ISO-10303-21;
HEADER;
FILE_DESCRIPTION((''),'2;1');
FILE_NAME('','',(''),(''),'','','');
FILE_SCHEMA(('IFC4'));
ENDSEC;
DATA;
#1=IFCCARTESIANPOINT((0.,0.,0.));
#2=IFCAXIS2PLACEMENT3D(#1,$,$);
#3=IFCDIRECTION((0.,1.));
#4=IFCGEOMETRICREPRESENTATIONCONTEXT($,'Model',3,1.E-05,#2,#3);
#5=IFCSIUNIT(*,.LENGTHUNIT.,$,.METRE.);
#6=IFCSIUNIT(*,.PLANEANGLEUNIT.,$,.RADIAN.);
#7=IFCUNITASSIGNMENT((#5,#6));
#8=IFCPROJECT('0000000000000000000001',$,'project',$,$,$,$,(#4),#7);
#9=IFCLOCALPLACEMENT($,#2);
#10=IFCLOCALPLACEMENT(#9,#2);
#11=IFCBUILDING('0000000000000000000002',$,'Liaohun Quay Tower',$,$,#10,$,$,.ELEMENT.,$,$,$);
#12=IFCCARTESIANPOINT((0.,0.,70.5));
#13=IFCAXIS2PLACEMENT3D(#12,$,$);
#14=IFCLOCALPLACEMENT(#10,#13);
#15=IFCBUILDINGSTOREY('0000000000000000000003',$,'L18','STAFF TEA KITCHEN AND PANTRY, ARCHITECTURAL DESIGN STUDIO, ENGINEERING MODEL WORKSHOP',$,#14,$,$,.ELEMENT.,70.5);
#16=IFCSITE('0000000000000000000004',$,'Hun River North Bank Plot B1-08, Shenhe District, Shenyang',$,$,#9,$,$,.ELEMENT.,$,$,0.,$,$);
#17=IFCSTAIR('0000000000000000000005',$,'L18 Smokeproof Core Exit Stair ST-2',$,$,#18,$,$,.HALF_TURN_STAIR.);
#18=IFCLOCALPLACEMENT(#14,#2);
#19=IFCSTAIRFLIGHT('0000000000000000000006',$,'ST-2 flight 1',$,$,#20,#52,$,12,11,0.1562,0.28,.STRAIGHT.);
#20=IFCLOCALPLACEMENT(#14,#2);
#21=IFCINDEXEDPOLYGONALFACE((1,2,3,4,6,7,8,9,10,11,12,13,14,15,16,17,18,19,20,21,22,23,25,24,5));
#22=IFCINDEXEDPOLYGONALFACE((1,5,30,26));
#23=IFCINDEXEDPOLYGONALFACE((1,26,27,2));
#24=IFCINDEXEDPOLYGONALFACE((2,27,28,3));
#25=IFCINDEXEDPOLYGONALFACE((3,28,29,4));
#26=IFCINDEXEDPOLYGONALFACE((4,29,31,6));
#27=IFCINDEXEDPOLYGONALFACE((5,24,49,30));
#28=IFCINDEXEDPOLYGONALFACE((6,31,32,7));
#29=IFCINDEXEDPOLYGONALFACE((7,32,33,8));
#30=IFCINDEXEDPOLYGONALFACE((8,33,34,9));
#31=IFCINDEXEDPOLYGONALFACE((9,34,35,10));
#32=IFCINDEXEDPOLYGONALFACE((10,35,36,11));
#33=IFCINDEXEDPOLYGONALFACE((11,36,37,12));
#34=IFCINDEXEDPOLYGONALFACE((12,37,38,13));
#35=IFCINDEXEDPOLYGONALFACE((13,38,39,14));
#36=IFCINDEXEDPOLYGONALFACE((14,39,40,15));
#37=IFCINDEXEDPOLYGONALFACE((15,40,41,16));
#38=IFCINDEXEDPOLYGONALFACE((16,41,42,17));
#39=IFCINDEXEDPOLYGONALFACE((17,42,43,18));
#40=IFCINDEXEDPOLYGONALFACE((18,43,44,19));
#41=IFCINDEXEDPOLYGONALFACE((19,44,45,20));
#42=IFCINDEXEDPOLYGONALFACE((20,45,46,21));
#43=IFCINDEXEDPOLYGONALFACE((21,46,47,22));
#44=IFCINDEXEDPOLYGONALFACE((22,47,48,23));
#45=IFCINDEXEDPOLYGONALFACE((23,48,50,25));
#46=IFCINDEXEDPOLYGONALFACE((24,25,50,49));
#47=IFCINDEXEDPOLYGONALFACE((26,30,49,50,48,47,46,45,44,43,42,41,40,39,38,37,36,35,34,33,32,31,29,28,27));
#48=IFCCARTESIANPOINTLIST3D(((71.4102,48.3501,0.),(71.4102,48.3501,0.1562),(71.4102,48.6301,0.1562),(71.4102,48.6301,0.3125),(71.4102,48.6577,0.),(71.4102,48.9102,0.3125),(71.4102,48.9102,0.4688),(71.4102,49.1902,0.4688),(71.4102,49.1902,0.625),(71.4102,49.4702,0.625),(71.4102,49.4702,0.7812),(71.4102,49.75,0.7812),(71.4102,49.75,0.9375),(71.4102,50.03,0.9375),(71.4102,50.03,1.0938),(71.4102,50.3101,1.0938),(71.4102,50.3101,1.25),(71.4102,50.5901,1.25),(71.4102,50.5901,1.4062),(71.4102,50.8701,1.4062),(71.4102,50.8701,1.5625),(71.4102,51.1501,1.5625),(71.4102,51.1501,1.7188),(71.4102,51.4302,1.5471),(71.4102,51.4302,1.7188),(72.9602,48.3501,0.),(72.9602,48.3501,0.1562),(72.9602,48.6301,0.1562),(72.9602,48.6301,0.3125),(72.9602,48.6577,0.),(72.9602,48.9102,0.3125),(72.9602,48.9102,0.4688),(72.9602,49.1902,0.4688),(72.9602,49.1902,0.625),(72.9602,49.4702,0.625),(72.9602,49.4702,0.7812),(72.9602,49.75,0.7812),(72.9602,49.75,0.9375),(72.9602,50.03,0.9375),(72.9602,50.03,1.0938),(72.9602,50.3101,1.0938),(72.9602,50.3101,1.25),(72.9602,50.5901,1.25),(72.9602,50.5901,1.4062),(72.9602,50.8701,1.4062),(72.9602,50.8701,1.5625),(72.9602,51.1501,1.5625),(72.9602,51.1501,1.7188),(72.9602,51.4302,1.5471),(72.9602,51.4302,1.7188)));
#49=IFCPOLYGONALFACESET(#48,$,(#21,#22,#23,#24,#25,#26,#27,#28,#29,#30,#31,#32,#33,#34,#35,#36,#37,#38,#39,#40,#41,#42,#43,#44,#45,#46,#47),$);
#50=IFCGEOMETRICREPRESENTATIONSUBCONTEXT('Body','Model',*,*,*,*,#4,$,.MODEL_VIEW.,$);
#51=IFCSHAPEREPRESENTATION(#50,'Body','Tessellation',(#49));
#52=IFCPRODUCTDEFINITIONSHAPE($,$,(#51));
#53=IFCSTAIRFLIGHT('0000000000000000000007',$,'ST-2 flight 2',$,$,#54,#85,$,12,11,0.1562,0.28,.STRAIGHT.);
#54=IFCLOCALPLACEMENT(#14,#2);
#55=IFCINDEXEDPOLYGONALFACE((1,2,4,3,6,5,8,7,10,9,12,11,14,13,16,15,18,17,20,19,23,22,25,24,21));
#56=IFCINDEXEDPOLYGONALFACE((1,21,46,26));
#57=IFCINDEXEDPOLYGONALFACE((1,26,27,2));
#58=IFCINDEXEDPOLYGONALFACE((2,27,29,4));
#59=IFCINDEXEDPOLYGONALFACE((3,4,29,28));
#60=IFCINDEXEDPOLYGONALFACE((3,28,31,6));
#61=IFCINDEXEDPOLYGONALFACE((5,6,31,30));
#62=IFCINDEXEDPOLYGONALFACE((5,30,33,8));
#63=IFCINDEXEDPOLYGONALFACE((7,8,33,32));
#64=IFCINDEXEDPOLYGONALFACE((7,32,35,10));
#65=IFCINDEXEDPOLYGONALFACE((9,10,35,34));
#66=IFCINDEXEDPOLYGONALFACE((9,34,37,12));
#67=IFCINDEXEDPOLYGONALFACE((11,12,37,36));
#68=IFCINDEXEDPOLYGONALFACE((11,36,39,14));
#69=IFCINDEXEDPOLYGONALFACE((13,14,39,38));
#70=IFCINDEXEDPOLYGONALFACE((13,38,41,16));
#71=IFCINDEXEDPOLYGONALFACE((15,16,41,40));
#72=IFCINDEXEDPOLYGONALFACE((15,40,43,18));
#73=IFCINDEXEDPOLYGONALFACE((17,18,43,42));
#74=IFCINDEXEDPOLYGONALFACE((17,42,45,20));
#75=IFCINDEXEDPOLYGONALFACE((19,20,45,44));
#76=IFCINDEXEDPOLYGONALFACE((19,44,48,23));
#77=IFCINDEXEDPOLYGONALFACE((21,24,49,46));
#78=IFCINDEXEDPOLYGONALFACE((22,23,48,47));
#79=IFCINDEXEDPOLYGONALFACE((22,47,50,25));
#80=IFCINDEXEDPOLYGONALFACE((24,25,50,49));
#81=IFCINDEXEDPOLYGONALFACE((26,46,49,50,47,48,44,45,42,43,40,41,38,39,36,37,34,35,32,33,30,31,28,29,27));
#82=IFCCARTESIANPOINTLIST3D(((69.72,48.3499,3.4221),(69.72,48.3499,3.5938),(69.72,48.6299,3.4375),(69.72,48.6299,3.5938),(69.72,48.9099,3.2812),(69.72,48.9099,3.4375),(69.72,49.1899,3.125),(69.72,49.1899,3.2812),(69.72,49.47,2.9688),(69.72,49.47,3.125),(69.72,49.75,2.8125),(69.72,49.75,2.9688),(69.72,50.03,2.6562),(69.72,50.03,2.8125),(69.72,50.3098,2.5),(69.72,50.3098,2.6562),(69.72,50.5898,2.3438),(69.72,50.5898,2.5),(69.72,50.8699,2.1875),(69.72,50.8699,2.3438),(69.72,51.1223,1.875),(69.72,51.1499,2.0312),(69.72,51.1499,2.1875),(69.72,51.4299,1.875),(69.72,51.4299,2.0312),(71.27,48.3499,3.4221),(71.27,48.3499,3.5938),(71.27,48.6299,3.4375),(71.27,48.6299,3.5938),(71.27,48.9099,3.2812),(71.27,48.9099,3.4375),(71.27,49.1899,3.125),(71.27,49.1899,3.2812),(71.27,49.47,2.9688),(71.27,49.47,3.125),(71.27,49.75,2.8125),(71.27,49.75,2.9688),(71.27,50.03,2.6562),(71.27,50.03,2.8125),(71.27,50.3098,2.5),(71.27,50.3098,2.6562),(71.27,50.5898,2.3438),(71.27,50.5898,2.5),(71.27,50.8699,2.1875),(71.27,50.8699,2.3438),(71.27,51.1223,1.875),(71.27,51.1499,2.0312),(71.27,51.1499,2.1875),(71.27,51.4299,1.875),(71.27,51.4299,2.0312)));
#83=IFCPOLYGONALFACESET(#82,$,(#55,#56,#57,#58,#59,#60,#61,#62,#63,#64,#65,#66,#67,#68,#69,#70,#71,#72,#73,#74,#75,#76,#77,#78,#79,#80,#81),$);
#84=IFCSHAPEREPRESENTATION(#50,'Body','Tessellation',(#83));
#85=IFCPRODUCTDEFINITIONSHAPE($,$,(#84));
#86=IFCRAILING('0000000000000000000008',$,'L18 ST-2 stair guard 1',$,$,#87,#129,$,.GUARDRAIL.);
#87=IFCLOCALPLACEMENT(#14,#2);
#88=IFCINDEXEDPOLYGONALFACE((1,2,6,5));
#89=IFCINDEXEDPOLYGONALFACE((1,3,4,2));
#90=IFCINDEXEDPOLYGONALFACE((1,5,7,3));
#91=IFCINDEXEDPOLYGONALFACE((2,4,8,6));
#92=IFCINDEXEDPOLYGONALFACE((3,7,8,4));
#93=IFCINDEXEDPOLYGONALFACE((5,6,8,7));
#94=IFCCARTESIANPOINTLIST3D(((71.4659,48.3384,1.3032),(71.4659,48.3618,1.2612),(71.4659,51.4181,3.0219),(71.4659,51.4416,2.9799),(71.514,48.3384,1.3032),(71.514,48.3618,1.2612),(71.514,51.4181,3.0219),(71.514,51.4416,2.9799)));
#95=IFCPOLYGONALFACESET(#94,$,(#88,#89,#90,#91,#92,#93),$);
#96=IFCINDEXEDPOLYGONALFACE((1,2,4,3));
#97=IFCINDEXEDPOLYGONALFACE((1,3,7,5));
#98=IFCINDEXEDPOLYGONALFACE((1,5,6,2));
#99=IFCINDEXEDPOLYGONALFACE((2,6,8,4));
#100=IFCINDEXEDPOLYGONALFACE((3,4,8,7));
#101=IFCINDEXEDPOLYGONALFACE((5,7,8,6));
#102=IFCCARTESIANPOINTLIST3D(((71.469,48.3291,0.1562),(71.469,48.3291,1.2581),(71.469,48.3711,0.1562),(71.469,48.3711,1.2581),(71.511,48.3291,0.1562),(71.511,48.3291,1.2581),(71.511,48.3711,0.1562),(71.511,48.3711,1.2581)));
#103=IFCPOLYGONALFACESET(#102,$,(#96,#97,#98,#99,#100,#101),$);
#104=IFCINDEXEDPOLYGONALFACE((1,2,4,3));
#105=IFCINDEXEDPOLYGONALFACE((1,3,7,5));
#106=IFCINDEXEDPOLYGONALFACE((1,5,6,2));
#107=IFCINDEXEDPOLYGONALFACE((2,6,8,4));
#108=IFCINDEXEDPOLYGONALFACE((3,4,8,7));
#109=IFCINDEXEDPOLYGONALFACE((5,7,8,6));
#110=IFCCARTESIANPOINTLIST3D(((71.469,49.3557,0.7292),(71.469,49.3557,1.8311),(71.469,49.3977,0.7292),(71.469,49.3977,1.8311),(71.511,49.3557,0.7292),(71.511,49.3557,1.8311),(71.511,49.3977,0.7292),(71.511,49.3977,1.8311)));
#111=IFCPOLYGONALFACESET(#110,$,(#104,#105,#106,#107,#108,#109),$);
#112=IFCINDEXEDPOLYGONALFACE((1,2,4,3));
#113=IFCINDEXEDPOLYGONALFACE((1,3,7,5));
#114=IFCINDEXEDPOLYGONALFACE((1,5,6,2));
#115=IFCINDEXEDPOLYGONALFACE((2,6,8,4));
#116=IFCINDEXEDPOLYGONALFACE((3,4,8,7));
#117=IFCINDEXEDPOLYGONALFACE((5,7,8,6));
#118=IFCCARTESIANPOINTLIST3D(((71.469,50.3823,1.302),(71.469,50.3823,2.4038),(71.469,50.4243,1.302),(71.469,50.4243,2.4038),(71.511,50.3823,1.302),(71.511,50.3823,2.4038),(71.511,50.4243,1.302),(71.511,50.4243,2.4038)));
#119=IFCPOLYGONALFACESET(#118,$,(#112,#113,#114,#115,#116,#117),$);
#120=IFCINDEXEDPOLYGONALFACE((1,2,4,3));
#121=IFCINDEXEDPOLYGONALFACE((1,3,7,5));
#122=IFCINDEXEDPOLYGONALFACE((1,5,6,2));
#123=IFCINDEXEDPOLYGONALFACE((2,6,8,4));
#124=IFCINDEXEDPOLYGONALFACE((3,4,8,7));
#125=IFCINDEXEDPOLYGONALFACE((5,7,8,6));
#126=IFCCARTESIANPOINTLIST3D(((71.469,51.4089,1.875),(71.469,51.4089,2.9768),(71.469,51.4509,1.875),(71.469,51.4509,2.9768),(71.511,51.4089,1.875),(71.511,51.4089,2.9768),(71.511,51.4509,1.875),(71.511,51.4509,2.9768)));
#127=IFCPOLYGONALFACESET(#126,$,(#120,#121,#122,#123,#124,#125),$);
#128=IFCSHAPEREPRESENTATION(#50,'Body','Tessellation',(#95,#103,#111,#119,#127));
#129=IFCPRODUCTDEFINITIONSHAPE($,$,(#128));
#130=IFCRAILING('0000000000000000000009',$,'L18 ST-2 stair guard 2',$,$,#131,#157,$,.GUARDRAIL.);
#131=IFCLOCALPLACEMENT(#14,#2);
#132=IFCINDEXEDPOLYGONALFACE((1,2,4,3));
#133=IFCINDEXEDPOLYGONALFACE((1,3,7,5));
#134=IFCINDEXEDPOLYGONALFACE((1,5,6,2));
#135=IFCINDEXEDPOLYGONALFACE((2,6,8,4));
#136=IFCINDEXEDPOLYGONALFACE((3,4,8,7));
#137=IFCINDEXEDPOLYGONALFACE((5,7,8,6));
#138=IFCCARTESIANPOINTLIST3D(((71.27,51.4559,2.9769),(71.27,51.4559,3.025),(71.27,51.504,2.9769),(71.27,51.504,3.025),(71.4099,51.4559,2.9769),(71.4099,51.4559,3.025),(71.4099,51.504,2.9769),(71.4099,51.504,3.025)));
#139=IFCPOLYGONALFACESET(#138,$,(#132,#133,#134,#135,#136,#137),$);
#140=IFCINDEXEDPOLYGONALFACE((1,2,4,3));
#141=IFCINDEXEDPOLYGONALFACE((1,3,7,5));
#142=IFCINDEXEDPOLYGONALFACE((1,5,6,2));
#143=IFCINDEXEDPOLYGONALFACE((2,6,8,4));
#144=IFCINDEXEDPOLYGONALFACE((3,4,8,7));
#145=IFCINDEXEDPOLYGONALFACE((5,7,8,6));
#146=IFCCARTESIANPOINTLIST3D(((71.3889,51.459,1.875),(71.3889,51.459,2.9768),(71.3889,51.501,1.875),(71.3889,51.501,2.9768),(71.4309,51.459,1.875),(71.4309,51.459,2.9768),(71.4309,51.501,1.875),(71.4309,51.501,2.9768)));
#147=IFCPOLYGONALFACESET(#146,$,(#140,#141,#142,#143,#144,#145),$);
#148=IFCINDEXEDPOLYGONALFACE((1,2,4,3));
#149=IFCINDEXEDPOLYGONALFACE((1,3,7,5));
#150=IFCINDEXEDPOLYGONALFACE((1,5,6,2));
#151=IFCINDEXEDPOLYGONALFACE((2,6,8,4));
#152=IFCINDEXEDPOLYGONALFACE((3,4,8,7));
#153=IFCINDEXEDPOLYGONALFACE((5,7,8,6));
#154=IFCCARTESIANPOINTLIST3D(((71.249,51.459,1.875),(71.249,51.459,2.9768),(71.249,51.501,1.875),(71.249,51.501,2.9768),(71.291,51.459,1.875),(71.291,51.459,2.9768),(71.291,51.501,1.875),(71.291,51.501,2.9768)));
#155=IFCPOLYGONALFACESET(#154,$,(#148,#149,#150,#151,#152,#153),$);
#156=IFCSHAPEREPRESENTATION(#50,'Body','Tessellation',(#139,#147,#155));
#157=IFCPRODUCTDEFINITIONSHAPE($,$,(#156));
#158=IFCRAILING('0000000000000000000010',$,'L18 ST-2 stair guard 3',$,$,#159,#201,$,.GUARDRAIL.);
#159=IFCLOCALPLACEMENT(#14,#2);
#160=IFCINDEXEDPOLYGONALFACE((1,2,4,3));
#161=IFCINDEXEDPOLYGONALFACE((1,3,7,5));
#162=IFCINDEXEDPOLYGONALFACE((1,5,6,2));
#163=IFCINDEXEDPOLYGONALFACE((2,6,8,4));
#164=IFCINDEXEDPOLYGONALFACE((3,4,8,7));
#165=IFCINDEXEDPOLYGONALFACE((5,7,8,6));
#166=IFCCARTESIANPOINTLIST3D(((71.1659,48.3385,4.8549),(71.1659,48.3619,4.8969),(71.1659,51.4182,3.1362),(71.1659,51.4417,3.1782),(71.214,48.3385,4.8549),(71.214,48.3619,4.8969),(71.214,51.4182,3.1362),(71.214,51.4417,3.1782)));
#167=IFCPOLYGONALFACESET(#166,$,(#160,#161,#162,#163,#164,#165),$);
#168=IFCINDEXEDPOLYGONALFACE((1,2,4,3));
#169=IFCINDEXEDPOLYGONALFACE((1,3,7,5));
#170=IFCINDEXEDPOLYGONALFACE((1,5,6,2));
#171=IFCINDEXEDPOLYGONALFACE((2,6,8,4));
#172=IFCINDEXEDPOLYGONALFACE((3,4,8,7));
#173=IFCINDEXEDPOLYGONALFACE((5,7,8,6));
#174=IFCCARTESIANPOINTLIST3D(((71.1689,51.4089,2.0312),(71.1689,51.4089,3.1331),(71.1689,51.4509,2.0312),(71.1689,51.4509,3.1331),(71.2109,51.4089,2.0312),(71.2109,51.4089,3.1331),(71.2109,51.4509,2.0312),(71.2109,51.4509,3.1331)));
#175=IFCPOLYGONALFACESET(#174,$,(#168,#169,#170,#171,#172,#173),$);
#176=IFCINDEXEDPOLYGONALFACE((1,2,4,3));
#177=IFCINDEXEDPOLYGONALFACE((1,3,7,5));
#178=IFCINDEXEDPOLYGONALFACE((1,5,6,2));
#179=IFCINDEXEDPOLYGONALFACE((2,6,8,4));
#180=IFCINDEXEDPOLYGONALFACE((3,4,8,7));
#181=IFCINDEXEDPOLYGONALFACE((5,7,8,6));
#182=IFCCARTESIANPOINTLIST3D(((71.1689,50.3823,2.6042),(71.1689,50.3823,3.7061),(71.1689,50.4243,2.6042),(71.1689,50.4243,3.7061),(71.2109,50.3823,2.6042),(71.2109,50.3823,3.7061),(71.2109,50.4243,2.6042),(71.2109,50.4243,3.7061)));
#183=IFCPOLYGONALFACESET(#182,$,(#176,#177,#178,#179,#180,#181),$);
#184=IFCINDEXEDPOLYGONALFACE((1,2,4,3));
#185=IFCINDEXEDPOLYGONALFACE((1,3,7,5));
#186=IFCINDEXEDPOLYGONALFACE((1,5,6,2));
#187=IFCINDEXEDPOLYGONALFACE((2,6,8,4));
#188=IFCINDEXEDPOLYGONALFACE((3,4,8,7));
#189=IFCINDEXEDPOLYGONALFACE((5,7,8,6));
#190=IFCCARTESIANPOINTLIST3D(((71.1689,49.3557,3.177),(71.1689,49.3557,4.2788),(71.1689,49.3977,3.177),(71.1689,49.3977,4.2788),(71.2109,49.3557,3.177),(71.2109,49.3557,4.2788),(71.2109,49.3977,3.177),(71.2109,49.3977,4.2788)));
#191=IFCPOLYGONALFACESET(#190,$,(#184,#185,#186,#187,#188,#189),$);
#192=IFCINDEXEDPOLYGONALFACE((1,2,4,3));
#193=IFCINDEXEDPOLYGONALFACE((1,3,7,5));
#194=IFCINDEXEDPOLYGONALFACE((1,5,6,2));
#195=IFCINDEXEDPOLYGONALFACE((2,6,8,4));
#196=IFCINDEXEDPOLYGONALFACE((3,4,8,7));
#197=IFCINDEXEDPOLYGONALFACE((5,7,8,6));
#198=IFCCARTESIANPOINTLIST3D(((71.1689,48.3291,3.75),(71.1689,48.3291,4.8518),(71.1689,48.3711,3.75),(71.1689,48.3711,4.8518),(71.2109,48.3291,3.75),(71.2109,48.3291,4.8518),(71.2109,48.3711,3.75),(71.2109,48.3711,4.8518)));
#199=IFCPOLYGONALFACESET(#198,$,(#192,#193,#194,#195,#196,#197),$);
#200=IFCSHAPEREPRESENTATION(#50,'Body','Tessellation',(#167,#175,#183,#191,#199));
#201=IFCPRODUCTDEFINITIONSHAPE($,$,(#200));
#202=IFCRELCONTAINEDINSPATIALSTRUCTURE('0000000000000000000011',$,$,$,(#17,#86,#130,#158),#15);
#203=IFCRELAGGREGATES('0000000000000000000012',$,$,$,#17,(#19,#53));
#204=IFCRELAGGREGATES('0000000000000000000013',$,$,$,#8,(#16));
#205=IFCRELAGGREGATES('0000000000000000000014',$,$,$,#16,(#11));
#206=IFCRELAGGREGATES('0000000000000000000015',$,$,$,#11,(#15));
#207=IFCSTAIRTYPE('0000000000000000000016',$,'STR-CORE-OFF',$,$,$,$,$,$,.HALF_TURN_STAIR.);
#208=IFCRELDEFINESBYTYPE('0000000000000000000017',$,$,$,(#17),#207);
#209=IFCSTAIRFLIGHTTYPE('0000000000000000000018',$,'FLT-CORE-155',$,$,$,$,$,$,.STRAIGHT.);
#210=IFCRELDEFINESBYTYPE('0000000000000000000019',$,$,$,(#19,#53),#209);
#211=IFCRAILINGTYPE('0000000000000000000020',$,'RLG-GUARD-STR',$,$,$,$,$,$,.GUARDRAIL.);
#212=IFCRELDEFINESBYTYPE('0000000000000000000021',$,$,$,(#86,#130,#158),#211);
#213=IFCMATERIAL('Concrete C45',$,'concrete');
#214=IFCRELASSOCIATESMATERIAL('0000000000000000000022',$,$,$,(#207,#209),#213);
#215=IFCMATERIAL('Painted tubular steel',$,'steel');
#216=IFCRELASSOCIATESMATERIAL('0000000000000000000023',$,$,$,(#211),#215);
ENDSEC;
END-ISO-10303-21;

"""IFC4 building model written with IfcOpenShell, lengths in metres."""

from ifc_helpers import new_model, si_unit, direction, frame, origin, origin_2d, place, context, subcontext, project, spatial, polyline, rectangle, outline, extrude, material, type_object, element, aggregate, save


model = new_model("IFC4")

# Units and contexts
model_context = context("Model", 3, precision=1e-05, world=origin(), true_north=direction((0.0, 1.0)))
body_context = subcontext(model_context, "Body", "Model", "MODEL_VIEW")
ifc_project = project(units=[si_unit("LENGTHUNIT", "METRE"), si_unit("PLANEANGLEUNIT", "RADIAN")], contexts=[model_context])

# Site, building, storey
site_placement = place(None, origin())
site = spatial("IfcSite", under=ifc_project, at=site_placement, Name="Hun River North Bank Plot B1-08, Shenhe District, Shenyang", CompositionType="ELEMENT", RefElevation=0.0)
building_placement = place(site_placement, origin())
building = spatial("IfcBuilding", under=site, at=building_placement, Name="Liaohun Quay Tower", CompositionType="ELEMENT")
storey_placement = place(building_placement, frame((0.0, 0.0, 70.5)))
storey = spatial("IfcBuildingStorey", under=building, at=storey_placement, Name="L18", Description="STAFF TEA KITCHEN AND PANTRY, ARCHITECTURAL DESIGN STUDIO, ENGINEERING MODEL WORKSHOP", CompositionType="ELEMENT", Elevation=70.5)

# Stair, stair flights
ifc_material_1 = material(Name="Concrete C45", Category="concrete")
stair_type = type_object("IfcStairType", Name="STR-CORE-OFF", PredefinedType="HALF_TURN_STAIR", material=ifc_material_1)
stair_placement = place(storey_placement, origin())
stair = element("IfcStair", 1, at=stair_placement, inside=storey, type_object=stair_type, Name="L18 Smokeproof Core Exit Stair ST-2", PredefinedType="HALF_TURN_STAIR")
stair_flight_type = type_object("IfcStairFlightType", Name="FLT-CORE-155", PredefinedType="STRAIGHT", material=ifc_material_1)
stair_flight_1_placement = place(storey_placement, frame((72.1851, 48.3501, 0.0), z_axis=(0.0, 0.0, 1.0), x_axis=(0.0, 1.0, 0.0)))
stair_flight_1 = element("IfcStairFlight", 2, at=stair_flight_1_placement, type_object=stair_flight_type, Name="ST-2 flight 1", NumberOfRisers=12, NumberOfTreads=11, PredefinedType="STRAIGHT", RiserHeight=0.1562, TreadLength=0.28, context=body_context, shape_type="SweptSolid", body=[
    extrude(outline(polyline([(0.0, 0.0), (0.0, 0.1562), (0.28, 0.1562), (0.28, 0.3125), (0.5601, 0.3125), (0.5601, 0.4688), (0.8401, 0.4688), (0.8401, 0.625), (1.1201, 0.625), (1.1201, 0.7812), (1.3999, 0.7812), (1.3999, 0.9375), (1.6799, 0.9375), (1.6799, 1.0938), (1.96, 1.0938), (1.96, 1.25), (2.24, 1.25), (2.24, 1.4062), (2.52, 1.4062), (2.52, 1.5625), (2.8, 1.5625), (2.8, 1.7188), (3.0801, 1.7188), (3.0801, 1.875), (3.0801, 1.5471), (0.3076, 0.0), (0.0, 0.0)])), frame((0.0, 0.7749, 0.0), z_axis=(0.0, -1.0, 0.0), x_axis=(1.0, 0.0, 0.0)), (0.0, 0.0, 1.0), 1.55),
])
stair_flight_2_placement = place(storey_placement, frame((70.4951, 51.4299, 1.875), z_axis=(0.0, 0.0, 1.0), x_axis=(0.0, -1.0, 0.0)))
stair_flight_2 = element("IfcStairFlight", 3, at=stair_flight_2_placement, type_object=stair_flight_type, Name="ST-2 flight 2", NumberOfRisers=12, NumberOfTreads=11, PredefinedType="STRAIGHT", RiserHeight=0.1562, TreadLength=0.28, context=body_context, shape_type="SweptSolid", body=[
    extrude(outline(polyline([(0.0, 0.0), (0.0, 0.1562), (0.28, 0.1562), (0.28, 0.3125), (0.5601, 0.3125), (0.5601, 0.4688), (0.8401, 0.4688), (0.8401, 0.625), (1.1201, 0.625), (1.1201, 0.7812), (1.3999, 0.7812), (1.3999, 0.9375), (1.6799, 0.9375), (1.6799, 1.0938), (1.96, 1.0938), (1.96, 1.25), (2.24, 1.25), (2.24, 1.4062), (2.52, 1.4062), (2.52, 1.5625), (2.8, 1.5625), (2.8, 1.7188), (3.0801, 1.7188), (3.0801, 1.875), (3.0801, 1.5471), (0.3076, 0.0), (0.0, 0.0)])), frame((0.0, 0.7749, 0.0), z_axis=(0.0, -1.0, 0.0), x_axis=(1.0, 0.0, 0.0)), (0.0, 0.0, 1.0), 1.55),
])
aggregate(stair, [stair_flight_1, stair_flight_2])

# Railings
ifc_material_2 = material(Name="Painted tubular steel", Category="steel")
railing_type_1 = type_object("IfcRailingType", Name="RLG-GUARD-STR", PredefinedType="GUARDRAIL", material=ifc_material_2)
railing_1_placement = place(storey_placement, frame((71.49, 48.3501, 0.1562)))
element("IfcRailing", 4, at=railing_1_placement, inside=storey, type_object=railing_type_1, Name="L18 ST-2 stair guard 1", PredefinedType="GUARDRAIL", context=body_context, shape_type="SweptSolid", body=[
    extrude(rectangle(XDim=0.0481, YDim=0.0481, at=origin_2d()), frame((0.0, 0.0, 1.126), z_axis=(0.0, 0.873225, 0.487317), x_axis=(-1.0, 0.0, 0.0)), (0.0, 0.0, 1.0), 3.5269),
    extrude(rectangle(XDim=0.042, YDim=0.042, at=origin_2d()), origin(), (0.0, 0.0, 1.0), 1.1018),
    extrude(rectangle(XDim=0.042, YDim=0.042, at=origin_2d()), frame((0.0, 1.0266, 0.573)), (0.0, 0.0, 1.0), 1.1018),
    extrude(rectangle(XDim=0.042, YDim=0.042, at=origin_2d()), frame((0.0, 2.0532, 1.1458)), (0.0, 0.0, 1.0), 1.1018),
    extrude(rectangle(XDim=0.042, YDim=0.042, at=origin_2d()), frame((0.0, 3.0798, 1.7188)), (0.0, 0.0, 1.0), 1.1018),
])
railing_2_placement = place(storey_placement, frame((71.4099, 51.48, 1.875)))
element("IfcRailing", 5, at=railing_2_placement, inside=storey, type_object=railing_type_1, Name="L18 ST-2 stair guard 2", PredefinedType="GUARDRAIL", context=body_context, shape_type="SweptSolid", body=[
    extrude(rectangle(XDim=0.0481, YDim=0.0481, at=origin_2d()), frame((0.0, 0.0, 1.126), z_axis=(-1.0, 0.0, 0.0), x_axis=(0.0, -1.0, 0.0)), (0.0, 0.0, 1.0), 0.1399),
    extrude(rectangle(XDim=0.042, YDim=0.042, at=origin_2d()), origin(), (0.0, 0.0, 1.0), 1.1018),
    extrude(rectangle(XDim=0.042, YDim=0.042, at=origin_2d()), frame((-0.1399, 0.0, 0.0)), (0.0, 0.0, 1.0), 1.1018),
])
railing_3_placement = place(storey_placement, frame((71.1899, 51.4299, 2.0312)))
element("IfcRailing", 6, at=railing_3_placement, inside=storey, type_object=railing_type_1, Name="L18 ST-2 stair guard 3", PredefinedType="GUARDRAIL", context=body_context, shape_type="SweptSolid", body=[
    extrude(rectangle(XDim=0.0481, YDim=0.0481, at=origin_2d()), frame((0.0, 0.0, 1.126), z_axis=(0.0, -0.873225, 0.487317), x_axis=(1.0, 0.0, 0.0)), (0.0, 0.0, 1.0), 3.5269),
    extrude(rectangle(XDim=0.042, YDim=0.042, at=origin_2d()), origin(), (0.0, 0.0, 1.0), 1.1018),
    extrude(rectangle(XDim=0.042, YDim=0.042, at=origin_2d()), frame((0.0, -1.0266, 0.573)), (0.0, 0.0, 1.0), 1.1018),
    extrude(rectangle(XDim=0.042, YDim=0.042, at=origin_2d()), frame((0.0, -2.0532, 1.1458)), (0.0, 0.0, 1.0), 1.1018),
    extrude(rectangle(XDim=0.042, YDim=0.042, at=origin_2d()), frame((0.0, -3.0798, 1.7188)), (0.0, 0.0, 1.0), 1.1018),
])

save(model, "model.ifc")
